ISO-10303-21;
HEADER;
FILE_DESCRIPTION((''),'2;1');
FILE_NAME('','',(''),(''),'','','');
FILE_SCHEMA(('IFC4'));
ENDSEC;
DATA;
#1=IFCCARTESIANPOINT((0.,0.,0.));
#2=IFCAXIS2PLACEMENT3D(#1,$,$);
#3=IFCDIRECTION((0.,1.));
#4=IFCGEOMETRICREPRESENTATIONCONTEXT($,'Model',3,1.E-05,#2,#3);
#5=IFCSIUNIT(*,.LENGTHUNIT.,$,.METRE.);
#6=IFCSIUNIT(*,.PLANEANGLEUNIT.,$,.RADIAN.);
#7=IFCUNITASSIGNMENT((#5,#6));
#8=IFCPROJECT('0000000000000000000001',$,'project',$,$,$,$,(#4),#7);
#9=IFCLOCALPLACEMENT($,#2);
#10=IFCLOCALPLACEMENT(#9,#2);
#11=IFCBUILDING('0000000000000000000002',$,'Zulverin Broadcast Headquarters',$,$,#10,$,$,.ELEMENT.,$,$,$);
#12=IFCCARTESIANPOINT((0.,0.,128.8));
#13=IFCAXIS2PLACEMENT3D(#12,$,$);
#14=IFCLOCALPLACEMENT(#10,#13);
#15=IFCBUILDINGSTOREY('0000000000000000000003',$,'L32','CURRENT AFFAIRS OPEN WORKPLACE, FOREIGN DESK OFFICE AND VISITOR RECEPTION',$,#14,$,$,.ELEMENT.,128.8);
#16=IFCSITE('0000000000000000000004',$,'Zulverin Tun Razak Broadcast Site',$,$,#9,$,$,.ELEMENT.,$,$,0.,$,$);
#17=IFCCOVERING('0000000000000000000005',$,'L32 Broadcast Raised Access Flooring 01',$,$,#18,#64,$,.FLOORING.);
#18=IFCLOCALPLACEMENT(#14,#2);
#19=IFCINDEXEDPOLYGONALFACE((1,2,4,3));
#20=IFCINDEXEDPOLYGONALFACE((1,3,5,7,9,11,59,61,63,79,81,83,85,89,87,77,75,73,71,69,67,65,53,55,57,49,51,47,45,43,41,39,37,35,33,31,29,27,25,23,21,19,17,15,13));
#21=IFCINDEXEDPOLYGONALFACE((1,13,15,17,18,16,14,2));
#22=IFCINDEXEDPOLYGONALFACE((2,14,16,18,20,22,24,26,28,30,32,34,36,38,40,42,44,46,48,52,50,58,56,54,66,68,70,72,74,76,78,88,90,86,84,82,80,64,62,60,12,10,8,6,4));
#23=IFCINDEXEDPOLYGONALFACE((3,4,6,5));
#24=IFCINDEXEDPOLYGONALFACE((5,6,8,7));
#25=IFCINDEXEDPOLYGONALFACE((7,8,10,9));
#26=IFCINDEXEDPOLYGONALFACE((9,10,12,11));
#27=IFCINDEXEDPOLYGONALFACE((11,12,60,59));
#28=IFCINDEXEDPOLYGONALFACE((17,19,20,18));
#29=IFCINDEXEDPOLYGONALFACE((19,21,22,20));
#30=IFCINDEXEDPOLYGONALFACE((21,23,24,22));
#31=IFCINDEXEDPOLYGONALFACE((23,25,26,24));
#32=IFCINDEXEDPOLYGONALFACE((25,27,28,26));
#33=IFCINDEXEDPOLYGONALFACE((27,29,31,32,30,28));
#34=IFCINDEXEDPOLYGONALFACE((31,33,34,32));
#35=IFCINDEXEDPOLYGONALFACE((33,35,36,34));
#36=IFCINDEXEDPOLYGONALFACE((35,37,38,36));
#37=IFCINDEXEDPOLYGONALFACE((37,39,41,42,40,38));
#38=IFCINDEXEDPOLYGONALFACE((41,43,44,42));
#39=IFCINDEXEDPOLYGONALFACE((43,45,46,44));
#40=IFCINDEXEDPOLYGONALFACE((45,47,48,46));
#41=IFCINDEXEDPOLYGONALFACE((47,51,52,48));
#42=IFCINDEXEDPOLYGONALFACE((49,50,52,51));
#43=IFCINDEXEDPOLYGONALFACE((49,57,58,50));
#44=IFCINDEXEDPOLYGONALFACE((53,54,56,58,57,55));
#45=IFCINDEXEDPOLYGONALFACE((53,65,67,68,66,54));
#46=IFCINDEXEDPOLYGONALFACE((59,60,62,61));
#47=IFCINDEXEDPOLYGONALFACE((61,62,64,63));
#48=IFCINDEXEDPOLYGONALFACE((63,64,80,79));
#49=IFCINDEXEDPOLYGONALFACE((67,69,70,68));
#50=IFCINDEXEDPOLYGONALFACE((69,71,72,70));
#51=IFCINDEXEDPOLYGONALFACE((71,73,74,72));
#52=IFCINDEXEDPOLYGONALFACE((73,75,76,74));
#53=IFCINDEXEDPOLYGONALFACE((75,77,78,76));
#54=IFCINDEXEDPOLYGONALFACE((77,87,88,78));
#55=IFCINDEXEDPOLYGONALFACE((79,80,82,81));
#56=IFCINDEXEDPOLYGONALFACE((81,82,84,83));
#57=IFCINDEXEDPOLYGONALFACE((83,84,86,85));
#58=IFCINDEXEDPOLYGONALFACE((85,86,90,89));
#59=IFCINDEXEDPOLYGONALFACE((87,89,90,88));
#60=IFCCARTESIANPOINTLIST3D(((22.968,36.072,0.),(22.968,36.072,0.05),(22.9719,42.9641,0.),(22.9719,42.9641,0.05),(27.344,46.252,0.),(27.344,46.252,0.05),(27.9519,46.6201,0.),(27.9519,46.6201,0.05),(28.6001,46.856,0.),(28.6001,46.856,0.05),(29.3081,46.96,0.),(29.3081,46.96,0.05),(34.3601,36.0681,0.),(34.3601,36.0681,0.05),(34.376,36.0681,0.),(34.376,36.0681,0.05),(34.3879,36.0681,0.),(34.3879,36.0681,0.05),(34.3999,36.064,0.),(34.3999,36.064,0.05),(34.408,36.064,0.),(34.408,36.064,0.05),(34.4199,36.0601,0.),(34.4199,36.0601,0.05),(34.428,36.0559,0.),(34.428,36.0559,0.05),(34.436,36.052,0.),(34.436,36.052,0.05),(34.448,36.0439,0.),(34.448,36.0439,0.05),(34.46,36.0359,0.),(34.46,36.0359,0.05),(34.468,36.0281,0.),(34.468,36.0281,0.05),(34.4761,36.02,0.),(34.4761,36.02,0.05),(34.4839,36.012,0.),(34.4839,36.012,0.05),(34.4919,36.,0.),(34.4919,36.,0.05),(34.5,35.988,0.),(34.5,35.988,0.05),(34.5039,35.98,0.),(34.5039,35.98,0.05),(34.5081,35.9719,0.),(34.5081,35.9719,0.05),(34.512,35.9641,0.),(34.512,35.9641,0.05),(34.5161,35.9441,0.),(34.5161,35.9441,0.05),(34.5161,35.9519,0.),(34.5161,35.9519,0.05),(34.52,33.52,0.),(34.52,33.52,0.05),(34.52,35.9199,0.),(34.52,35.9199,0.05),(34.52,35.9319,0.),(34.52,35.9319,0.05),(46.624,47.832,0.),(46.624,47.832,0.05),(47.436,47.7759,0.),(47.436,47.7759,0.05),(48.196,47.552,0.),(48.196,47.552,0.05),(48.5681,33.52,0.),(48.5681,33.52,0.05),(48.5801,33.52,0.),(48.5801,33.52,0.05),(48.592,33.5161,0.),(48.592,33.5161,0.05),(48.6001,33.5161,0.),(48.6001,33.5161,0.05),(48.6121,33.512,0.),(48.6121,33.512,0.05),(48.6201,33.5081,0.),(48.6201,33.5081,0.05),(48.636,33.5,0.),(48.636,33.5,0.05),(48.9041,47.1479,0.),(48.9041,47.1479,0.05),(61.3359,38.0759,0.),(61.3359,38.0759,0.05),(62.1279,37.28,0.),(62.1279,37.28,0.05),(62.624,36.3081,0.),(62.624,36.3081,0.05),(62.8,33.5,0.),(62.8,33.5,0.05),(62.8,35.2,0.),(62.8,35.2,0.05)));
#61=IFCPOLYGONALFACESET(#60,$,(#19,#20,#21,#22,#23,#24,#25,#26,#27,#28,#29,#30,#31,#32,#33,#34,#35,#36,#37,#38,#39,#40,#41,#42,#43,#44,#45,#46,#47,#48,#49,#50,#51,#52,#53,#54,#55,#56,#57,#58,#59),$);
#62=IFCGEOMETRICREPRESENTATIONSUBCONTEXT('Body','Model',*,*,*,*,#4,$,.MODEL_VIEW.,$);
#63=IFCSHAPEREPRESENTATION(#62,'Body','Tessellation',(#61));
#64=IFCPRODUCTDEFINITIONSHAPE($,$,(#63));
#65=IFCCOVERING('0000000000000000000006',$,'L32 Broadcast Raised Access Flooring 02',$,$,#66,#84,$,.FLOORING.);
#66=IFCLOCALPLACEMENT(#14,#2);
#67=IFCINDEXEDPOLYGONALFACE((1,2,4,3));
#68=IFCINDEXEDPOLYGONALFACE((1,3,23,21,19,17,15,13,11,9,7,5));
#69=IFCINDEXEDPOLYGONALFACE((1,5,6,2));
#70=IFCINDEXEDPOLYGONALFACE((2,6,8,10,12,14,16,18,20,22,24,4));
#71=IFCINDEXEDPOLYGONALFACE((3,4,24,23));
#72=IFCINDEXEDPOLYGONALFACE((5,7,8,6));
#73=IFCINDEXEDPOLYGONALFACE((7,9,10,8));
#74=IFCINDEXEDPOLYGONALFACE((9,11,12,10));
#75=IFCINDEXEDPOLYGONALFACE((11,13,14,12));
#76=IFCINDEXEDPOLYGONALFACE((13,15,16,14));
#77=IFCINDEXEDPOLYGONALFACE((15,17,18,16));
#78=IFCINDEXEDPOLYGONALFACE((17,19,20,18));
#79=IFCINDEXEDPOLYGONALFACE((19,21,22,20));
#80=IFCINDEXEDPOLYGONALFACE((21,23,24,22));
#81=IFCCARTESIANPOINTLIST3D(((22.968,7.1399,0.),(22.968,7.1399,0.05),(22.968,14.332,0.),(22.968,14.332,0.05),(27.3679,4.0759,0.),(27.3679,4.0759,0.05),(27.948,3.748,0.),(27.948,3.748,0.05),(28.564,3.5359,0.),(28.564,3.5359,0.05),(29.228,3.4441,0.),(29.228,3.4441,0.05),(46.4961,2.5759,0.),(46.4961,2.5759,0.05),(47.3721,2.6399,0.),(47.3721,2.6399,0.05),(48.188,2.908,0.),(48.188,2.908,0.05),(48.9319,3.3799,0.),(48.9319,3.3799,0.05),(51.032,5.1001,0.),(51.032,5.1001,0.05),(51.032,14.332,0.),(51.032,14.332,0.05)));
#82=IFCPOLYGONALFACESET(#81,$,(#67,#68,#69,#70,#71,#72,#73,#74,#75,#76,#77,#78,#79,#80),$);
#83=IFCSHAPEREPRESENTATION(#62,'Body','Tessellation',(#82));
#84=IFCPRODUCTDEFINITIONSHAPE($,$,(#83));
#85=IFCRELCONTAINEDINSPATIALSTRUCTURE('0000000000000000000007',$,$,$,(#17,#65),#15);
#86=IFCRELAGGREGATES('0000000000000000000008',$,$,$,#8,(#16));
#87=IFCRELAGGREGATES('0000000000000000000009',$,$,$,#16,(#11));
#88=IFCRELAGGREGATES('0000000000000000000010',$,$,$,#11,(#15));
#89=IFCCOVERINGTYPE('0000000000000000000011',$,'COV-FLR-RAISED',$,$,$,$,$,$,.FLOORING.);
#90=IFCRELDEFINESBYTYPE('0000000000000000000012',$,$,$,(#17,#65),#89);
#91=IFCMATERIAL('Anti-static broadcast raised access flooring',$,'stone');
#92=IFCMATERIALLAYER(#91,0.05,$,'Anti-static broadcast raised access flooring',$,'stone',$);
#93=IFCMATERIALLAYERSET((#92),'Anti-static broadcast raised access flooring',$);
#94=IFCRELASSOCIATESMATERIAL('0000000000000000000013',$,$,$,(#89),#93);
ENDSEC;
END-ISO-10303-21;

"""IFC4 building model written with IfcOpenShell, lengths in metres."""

from ifc_helpers import new_model, si_unit, direction, frame, origin, place, context, subcontext, project, spatial, polyline, outline, extrude, material, layer, layer_set, type_object, element, save


model = new_model("IFC4")

# Units and contexts
model_context = context("Model", 3, precision=1e-05, world=origin(), true_north=direction((0.0, 1.0)))
body_context = subcontext(model_context, "Body", "Model", "MODEL_VIEW")
ifc_project = project(units=[si_unit("LENGTHUNIT", "METRE"), si_unit("PLANEANGLEUNIT", "RADIAN")], contexts=[model_context])

# Site, building, storey
site_placement = place(None, origin())
site = spatial("IfcSite", under=ifc_project, at=site_placement, Name="Zulverin Tun Razak Broadcast Site", CompositionType="ELEMENT", RefElevation=0.0)
building_placement = place(site_placement, origin())
building = spatial("IfcBuilding", under=site, at=building_placement, Name="Zulverin Broadcast Headquarters", CompositionType="ELEMENT")
storey_placement = place(building_placement, frame((0.0, 0.0, 128.8)))
storey = spatial("IfcBuildingStorey", under=building, at=storey_placement, Name="L32", Description="CURRENT AFFAIRS OPEN WORKPLACE, FOREIGN DESK OFFICE AND VISITOR RECEPTION", CompositionType="ELEMENT", Elevation=128.8)

# Coverings
ifc_material_1 = material(Name="Anti-static broadcast raised access flooring", Category="stone")
ifc_layer_1 = layer(ifc_material_1, 0.05, Name="Anti-static broadcast raised access flooring", Category="stone")
ifc_layer_set_1 = layer_set([ifc_layer_1], Name="Anti-static broadcast raised access flooring")
covering_type_1 = type_object("IfcCoveringType", Name="COV-FLR-RAISED", PredefinedType="FLOORING", material=ifc_layer_set_1)
covering_1_placement = place(storey_placement, origin())
element("IfcCovering", 1, at=covering_1_placement, inside=storey, type_object=covering_type_1, Name="L32 Broadcast Raised Access Flooring 01", PredefinedType="FLOORING", context=body_context, shape_type="SweptSolid", body=[
    extrude(outline(polyline([(27.9519, 46.6201), (27.344, 46.252), (22.9719, 42.9641), (22.968, 36.072), (34.3601, 36.0681), (34.376, 36.0681), (34.3879, 36.0681), (34.3999, 36.064), (34.408, 36.064), (34.4199, 36.0601), (34.428, 36.0559), (34.436, 36.052), (34.448, 36.0439), (34.46, 36.0359), (34.468, 36.0281), (34.4761, 36.02), (34.4839, 36.012), (34.4919, 36.0), (34.5, 35.988), (34.5039, 35.98), (34.5081, 35.9719), (34.512, 35.9641), (34.5161, 35.9519), (34.5161, 35.9441), (34.52, 35.9319), (34.52, 35.9199), (34.52, 33.52), (48.5681, 33.52), (48.5801, 33.52), (48.592, 33.5161), (48.6001, 33.5161), (48.6121, 33.512), (48.6201, 33.5081), (48.636, 33.5), (62.8, 33.5), (62.8, 35.2), (62.624, 36.3081), (62.1279, 37.28), (61.3359, 38.0759), (48.9041, 47.1479), (48.196, 47.552), (47.436, 47.7759), (46.624, 47.832), (29.3081, 46.96), (28.6001, 46.856), (27.9519, 46.6201)])), origin(), (0.0, 0.0, 1.0), 0.05),
])
covering_2_placement = place(storey_placement, origin())
element("IfcCovering", 2, at=covering_2_placement, inside=storey, type_object=covering_type_1, Name="L32 Broadcast Raised Access Flooring 02", PredefinedType="FLOORING", context=body_context, shape_type="SweptSolid", body=[
    extrude(outline(polyline([(28.564, 3.5359), (29.228, 3.4441), (46.4961, 2.5759), (47.3721, 2.6399), (48.188, 2.908), (48.9319, 3.3799), (51.032, 5.1001), (51.032, 14.332), (22.968, 14.332), (22.968, 7.1399), (27.3679, 4.0759), (27.948, 3.748), (28.564, 3.5359)])), origin(), (0.0, 0.0, 1.0), 0.05),
])

save(model, "model.ifc")
